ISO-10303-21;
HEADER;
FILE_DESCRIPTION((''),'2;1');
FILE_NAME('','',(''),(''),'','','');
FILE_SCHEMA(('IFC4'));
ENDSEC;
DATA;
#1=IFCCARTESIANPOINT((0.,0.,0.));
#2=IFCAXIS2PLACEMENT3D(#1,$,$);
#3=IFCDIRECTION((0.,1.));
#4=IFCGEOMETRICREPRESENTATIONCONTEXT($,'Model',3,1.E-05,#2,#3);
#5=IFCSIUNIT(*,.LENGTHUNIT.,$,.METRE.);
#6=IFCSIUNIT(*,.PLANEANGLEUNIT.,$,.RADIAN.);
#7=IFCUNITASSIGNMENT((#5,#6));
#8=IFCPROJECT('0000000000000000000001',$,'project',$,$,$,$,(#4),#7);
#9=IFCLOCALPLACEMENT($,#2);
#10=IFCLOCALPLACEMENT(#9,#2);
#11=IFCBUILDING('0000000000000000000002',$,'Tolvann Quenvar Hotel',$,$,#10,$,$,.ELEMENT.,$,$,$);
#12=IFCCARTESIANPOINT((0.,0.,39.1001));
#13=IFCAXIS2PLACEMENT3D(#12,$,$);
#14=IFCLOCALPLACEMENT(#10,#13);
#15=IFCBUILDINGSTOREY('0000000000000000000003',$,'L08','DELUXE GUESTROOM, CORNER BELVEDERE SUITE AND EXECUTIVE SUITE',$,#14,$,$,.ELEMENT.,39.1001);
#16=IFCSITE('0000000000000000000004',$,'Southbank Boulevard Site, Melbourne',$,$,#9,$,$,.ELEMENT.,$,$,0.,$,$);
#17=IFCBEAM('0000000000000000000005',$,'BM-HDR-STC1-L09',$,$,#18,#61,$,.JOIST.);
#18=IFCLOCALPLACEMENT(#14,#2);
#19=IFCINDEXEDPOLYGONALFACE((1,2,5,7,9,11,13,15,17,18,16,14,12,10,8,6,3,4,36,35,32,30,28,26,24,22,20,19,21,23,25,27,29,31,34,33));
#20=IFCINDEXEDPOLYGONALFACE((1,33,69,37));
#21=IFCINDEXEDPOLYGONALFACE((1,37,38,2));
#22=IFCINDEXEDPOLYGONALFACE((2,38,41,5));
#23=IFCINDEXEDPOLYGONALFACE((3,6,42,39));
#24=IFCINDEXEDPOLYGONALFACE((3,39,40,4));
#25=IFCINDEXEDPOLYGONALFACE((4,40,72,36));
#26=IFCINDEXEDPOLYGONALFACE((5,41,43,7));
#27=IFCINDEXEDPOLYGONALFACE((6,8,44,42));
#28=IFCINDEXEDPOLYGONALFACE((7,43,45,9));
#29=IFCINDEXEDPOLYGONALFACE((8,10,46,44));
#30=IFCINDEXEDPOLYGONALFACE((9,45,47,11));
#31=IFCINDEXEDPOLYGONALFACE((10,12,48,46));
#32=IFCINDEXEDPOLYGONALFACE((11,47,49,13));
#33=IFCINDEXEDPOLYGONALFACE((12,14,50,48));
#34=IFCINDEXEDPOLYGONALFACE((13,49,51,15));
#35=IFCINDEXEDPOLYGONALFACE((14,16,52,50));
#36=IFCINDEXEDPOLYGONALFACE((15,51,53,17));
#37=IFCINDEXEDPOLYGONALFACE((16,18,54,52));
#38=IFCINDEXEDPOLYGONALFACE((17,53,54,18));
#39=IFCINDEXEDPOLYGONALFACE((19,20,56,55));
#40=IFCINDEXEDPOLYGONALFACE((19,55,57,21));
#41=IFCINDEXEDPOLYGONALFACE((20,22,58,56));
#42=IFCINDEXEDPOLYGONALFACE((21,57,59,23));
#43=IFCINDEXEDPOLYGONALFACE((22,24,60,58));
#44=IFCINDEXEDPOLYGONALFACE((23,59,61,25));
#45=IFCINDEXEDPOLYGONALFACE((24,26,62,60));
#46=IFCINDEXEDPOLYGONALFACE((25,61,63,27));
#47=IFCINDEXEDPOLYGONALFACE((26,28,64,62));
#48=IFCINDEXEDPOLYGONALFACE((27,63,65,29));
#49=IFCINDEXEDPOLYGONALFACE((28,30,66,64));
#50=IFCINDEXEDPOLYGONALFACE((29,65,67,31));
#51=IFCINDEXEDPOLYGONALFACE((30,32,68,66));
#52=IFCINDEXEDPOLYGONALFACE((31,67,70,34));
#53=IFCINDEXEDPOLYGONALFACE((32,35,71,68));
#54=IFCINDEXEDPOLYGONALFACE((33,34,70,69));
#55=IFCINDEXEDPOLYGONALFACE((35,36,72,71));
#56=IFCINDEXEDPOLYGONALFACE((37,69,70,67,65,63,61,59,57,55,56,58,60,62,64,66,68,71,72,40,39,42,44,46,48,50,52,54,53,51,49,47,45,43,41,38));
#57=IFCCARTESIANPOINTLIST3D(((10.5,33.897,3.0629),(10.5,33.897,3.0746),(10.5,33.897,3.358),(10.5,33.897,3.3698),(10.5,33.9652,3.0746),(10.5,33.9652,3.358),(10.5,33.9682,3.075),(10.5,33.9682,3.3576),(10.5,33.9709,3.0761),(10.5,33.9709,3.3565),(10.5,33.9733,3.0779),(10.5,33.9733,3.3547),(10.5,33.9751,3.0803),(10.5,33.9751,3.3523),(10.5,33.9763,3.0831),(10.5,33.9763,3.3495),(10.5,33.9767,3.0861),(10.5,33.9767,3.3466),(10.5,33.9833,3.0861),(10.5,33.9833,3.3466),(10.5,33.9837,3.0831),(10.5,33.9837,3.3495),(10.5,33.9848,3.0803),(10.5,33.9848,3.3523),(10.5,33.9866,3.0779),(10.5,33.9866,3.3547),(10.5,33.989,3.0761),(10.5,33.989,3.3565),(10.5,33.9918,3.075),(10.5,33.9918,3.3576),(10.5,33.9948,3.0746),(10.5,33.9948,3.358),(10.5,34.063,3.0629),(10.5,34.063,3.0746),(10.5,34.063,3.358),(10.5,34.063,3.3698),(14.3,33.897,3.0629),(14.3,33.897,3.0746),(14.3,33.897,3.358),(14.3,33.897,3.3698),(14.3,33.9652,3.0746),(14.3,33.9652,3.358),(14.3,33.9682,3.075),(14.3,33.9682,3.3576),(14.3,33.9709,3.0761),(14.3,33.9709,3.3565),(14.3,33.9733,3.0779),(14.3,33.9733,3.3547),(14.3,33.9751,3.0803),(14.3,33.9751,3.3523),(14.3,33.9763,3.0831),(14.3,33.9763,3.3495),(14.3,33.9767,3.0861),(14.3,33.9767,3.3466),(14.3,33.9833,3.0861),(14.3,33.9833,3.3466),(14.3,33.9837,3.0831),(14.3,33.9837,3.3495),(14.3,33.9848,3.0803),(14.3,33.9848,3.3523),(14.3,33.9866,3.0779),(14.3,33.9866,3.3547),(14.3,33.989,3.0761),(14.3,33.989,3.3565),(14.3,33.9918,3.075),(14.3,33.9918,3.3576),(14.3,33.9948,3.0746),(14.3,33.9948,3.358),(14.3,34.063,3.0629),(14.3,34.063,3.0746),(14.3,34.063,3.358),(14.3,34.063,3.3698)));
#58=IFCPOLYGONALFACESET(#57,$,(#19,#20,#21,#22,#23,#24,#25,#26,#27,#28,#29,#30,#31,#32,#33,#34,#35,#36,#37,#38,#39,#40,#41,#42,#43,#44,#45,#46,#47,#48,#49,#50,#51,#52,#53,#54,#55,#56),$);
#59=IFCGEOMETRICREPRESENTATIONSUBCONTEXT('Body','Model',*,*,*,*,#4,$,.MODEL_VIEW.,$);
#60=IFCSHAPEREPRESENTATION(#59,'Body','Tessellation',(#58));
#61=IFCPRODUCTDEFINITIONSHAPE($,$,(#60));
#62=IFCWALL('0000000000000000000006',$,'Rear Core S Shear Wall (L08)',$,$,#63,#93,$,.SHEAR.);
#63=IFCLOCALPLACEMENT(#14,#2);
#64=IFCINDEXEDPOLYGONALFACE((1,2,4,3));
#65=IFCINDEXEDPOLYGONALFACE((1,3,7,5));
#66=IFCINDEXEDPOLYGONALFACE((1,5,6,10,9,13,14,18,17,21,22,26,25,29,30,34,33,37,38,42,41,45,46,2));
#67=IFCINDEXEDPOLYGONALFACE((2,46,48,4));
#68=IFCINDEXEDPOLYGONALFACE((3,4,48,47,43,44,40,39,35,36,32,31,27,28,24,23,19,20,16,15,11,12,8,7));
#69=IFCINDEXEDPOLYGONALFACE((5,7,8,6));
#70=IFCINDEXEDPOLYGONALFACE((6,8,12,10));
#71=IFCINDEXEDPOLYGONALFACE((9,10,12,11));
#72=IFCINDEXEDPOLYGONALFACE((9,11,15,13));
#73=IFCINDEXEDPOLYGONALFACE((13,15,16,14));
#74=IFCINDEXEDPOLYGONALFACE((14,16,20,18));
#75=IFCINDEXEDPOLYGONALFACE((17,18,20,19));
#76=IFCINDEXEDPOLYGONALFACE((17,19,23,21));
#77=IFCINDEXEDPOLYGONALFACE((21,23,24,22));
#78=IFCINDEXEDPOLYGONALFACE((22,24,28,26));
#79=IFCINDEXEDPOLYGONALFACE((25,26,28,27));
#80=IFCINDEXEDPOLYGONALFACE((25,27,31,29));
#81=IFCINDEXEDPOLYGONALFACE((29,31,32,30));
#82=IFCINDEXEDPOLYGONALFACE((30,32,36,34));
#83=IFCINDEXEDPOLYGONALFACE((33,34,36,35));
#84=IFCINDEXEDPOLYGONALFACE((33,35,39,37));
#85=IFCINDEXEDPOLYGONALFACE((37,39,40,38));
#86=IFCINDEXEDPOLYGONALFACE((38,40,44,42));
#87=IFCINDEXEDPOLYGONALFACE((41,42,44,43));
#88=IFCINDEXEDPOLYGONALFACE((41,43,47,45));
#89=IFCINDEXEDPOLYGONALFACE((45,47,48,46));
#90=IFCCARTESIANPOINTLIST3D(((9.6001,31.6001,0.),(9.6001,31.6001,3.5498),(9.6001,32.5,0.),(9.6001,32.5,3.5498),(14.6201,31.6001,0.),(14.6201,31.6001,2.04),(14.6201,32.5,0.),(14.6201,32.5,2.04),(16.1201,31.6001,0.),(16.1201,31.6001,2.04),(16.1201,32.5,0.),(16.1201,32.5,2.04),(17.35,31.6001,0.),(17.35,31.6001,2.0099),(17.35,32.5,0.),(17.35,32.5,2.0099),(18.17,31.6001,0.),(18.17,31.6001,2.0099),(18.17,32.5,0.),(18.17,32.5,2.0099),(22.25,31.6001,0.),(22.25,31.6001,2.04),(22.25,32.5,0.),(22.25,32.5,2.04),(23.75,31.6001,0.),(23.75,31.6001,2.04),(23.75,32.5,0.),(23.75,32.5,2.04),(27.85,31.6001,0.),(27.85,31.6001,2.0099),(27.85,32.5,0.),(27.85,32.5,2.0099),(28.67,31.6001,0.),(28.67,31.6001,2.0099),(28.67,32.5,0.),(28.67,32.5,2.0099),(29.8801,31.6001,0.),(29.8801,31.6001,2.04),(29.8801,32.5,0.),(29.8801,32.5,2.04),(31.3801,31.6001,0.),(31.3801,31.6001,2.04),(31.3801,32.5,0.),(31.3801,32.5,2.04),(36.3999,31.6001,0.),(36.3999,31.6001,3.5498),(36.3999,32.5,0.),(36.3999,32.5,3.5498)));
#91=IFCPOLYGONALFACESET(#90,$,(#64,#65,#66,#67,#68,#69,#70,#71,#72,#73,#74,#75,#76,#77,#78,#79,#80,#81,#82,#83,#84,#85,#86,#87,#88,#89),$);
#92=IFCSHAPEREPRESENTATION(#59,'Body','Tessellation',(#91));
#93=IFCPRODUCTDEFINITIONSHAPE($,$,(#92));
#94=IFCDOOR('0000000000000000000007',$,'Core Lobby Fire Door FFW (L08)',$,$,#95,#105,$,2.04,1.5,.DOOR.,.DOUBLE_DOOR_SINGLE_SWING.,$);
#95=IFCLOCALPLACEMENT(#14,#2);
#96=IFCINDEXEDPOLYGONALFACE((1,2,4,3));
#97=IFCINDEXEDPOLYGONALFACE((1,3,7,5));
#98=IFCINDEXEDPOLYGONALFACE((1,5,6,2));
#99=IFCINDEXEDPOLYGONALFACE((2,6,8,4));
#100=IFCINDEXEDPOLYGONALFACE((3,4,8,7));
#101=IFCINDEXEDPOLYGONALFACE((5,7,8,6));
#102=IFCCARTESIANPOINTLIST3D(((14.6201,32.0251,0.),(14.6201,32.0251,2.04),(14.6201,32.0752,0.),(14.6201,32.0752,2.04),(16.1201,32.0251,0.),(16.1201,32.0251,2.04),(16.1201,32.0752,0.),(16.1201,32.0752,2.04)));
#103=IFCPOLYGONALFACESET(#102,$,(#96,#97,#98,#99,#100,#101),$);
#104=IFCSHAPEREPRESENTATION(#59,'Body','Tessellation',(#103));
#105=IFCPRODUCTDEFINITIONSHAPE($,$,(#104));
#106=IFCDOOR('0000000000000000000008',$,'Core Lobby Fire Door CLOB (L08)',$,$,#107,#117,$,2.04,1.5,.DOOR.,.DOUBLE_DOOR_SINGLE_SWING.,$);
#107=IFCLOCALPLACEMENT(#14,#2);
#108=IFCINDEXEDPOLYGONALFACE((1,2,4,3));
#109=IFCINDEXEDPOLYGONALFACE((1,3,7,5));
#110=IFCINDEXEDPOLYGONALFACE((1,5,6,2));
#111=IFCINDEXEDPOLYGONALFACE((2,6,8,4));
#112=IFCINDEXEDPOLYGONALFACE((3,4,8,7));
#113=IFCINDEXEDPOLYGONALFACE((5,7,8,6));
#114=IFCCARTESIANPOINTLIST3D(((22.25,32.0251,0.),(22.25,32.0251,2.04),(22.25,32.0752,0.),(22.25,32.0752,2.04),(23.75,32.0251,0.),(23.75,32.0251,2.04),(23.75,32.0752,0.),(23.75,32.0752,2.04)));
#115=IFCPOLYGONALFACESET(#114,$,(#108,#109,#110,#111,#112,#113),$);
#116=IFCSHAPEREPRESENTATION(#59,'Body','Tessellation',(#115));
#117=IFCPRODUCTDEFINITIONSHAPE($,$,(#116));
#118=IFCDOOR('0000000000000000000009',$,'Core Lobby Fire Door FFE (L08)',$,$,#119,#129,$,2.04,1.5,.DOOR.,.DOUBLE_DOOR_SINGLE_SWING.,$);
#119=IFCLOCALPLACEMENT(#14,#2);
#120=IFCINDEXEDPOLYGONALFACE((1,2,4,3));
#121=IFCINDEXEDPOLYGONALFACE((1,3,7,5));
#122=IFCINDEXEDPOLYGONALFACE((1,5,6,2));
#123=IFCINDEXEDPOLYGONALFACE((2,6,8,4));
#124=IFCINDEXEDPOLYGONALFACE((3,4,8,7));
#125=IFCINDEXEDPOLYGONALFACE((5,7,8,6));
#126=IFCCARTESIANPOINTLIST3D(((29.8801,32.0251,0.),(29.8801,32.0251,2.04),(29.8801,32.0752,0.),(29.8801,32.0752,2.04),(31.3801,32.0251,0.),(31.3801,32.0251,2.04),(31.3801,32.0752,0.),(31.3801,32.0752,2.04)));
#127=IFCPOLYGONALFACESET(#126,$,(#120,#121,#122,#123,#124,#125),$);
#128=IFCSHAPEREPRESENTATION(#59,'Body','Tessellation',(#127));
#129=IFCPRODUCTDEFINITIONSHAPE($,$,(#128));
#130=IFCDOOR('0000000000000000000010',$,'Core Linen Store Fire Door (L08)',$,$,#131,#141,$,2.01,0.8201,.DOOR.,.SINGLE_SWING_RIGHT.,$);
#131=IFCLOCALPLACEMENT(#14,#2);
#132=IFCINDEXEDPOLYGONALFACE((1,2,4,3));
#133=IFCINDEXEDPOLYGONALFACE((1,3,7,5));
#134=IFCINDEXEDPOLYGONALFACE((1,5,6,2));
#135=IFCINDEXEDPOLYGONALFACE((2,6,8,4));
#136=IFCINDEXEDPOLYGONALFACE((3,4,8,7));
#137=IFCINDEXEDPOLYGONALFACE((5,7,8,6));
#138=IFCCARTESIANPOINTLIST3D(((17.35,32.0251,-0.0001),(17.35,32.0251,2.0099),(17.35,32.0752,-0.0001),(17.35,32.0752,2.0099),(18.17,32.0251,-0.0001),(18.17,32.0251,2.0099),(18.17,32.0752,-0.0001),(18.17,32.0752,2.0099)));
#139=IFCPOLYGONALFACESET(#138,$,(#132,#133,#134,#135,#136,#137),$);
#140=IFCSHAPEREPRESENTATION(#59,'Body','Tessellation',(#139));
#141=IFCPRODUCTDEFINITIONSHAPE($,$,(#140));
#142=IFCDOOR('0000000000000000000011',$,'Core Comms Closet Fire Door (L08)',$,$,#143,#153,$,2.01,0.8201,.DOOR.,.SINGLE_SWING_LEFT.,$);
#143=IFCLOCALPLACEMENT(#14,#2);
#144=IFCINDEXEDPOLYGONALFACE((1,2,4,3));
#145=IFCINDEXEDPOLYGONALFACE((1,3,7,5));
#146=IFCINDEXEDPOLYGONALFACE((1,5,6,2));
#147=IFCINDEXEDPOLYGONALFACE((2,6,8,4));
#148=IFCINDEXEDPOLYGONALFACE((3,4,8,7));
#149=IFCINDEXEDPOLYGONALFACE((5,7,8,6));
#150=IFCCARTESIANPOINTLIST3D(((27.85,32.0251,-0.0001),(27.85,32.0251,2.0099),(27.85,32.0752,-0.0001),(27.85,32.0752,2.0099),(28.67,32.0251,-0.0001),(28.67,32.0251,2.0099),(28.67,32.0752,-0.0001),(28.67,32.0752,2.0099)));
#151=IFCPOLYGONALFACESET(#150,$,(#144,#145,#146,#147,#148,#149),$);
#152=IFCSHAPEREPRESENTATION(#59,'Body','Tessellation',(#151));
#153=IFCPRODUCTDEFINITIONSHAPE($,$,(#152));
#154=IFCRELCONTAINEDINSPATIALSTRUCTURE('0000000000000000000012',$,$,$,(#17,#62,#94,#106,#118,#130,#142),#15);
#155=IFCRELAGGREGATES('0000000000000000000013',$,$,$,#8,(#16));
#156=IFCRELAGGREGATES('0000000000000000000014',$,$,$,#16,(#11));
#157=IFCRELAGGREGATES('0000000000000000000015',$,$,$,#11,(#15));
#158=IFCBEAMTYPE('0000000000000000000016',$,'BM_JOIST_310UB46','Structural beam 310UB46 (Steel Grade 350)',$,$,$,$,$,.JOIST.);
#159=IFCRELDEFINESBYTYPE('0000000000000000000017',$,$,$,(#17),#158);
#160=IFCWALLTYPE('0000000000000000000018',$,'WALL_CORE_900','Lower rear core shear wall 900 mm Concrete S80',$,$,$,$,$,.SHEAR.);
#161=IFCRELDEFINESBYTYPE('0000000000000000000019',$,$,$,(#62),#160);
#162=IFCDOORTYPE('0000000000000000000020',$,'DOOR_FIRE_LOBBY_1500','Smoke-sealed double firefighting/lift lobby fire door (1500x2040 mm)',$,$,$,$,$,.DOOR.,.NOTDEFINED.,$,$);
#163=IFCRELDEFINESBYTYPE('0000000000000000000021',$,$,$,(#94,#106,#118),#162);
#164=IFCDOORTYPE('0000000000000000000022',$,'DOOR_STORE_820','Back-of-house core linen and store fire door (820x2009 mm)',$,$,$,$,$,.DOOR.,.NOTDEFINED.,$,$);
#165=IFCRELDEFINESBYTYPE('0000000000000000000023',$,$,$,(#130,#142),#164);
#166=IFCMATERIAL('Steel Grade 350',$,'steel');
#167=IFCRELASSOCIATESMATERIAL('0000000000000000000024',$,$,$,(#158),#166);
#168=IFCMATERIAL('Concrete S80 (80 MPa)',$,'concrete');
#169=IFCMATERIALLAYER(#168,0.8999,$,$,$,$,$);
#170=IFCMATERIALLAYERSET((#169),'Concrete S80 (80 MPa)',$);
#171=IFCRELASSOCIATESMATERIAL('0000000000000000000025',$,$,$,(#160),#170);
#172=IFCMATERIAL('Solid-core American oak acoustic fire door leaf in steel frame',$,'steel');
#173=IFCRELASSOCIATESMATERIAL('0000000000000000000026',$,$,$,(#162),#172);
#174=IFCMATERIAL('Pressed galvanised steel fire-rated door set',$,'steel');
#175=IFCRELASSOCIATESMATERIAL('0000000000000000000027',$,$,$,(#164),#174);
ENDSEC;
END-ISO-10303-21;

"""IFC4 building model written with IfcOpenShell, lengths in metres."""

from ifc_helpers import new_model, si_unit, direction, frame, frame_2d, origin, origin_2d, place, context, subcontext, project, spatial, rectangle, i_section, extrude, source, transform, mapped, material, layer, layer_set, material_profile, profile_set, type_object, type_shapes, element, fill, save


model = new_model("IFC4")

# Units and contexts
model_context = context("Model", 3, precision=1e-05, world=origin(), true_north=direction((0.0, 1.0)))
body_context = subcontext(model_context, "Body", "Model", "MODEL_VIEW")
ifc_project = project(units=[si_unit("LENGTHUNIT", "METRE"), si_unit("PLANEANGLEUNIT", "RADIAN")], contexts=[model_context])

# Site, building, storey
site_placement = place(None, origin())
site = spatial("IfcSite", under=ifc_project, at=site_placement, Name="Southbank Boulevard Site, Melbourne", CompositionType="ELEMENT", RefElevation=0.0)
building_placement = place(site_placement, origin())
building = spatial("IfcBuilding", under=site, at=building_placement, Name="Tolvann Quenvar Hotel", CompositionType="ELEMENT")
storey_placement = place(building_placement, frame((0.0, 0.0, 39.1001)))
storey = spatial("IfcBuildingStorey", under=building, at=storey_placement, Name="L08", Description="DELUXE GUESTROOM, CORNER BELVEDERE SUITE AND EXECUTIVE SUITE", CompositionType="ELEMENT", Elevation=39.1001)

# Beam
ifc_material_1 = material(Name="Steel Grade 350", Category="steel")
ifc_material_profile_1 = material_profile(ifc_material_1, i_section(OverallWidth=0.166, OverallDepth=0.3069, WebThickness=0.0066, FlangeThickness=0.0117, FilletRadius=0.0115, at=origin_2d()), Name="310UB46")
ifc_profile_set_1 = profile_set([ifc_material_profile_1], Name="Steel Grade 350")
beam_type_1 = type_object("IfcBeamType", Name="BM_JOIST_310UB46", Description="Structural beam 310UB46 (Steel Grade 350)", PredefinedType="JOIST", material=ifc_profile_set_1)
shared_shape_1 = source(origin(), body_context, "Body", "SweptSolid", [
    extrude(i_section(OverallWidth=0.166, OverallDepth=0.3069, WebThickness=0.0066, FlangeThickness=0.0117, FilletRadius=0.0115, at=origin_2d()), origin(), (0.0, 0.0, 1.0), 3.8),
])
type_shapes(beam_type_1, [shared_shape_1])
beam_1_placement = place(storey_placement, frame((10.5, 33.98, 3.2163), z_axis=(1.0, 0.0, 0.0), x_axis=(0.0, 1.0, 0.0)))
element("IfcBeam", 1, at=beam_1_placement, inside=storey, type_object=beam_type_1, Name="BM-HDR-STC1-L09", PredefinedType="JOIST", context=body_context, shape_type="MappedRepresentation", body=[
    mapped(shared_shape_1, transform((0.0, 0.0, 0.0), x_axis=(1.0, 0.0, 0.0), y_axis=(0.0, 1.0, 0.0), z_axis=(0.0, 0.0, 1.0), scale=1.0)),
])

# Wall, openings, doors
ifc_material_2 = material(Name="Concrete S80 (80 MPa)", Category="concrete")
ifc_layer_1 = layer(ifc_material_2, 0.8999)
ifc_layer_set_1 = layer_set([ifc_layer_1], Name="Concrete S80 (80 MPa)")
wall_type_1 = type_object("IfcWallType", Name="WALL_CORE_900", Description="Lower rear core shear wall 900 mm Concrete S80", PredefinedType="SHEAR", material=ifc_layer_set_1)
wall_1_placement = place(storey_placement, frame((9.6001, 32.05, 0.0), z_axis=(0.0, 0.0, 1.0), x_axis=(1.0, 0.0, 0.0)))
wall_1 = element("IfcWall", 2, at=wall_1_placement, inside=storey, type_object=wall_type_1, Name="Rear Core S Shear Wall (L08)", PredefinedType="SHEAR", context=body_context, shape_type="SweptSolid", body=[
    extrude(rectangle(XDim=26.7998, YDim=0.8999, at=frame_2d((13.3999, 0.0))), origin(), (0.0, 0.0, 1.0), 3.5498),
])
opening_1_placement = place(wall_1_placement, frame((6.52, 0.0, 0.0), z_axis=(0.0, 0.0, 1.0), x_axis=(-1.0, 0.0, 0.0)))
opening_1 = element("IfcOpeningElement", 3, at=opening_1_placement, cuts=wall_1, PredefinedType="OPENING", context=body_context, shape_type="SweptSolid", body=[
    extrude(rectangle(XDim=1.5, YDim=2.04, at=frame_2d((0.75, 1.02))), frame((0.0, 0.46, 0.0), z_axis=(0.0, -1.0, 0.0), x_axis=(1.0, 0.0, 0.0)), (0.0, 0.0, 1.0), 0.9199),
])
opening_2_placement = place(wall_1_placement, frame((14.1499, 0.0, 0.0), z_axis=(0.0, 0.0, 1.0), x_axis=(-1.0, 0.0, 0.0)))
opening_2 = element("IfcOpeningElement", 4, at=opening_2_placement, cuts=wall_1, PredefinedType="OPENING", context=body_context, shape_type="SweptSolid", body=[
    extrude(rectangle(XDim=1.5, YDim=2.04, at=frame_2d((0.75, 1.02))), frame((0.0, 0.46, 0.0), z_axis=(0.0, -1.0, 0.0), x_axis=(1.0, 0.0, 0.0)), (0.0, 0.0, 1.0), 0.9199),
])
opening_3_placement = place(wall_1_placement, frame((21.78, 0.0, 0.0), z_axis=(0.0, 0.0, 1.0), x_axis=(-1.0, 0.0, 0.0)))
opening_3 = element("IfcOpeningElement", 5, at=opening_3_placement, cuts=wall_1, PredefinedType="OPENING", context=body_context, shape_type="SweptSolid", body=[
    extrude(rectangle(XDim=1.5, YDim=2.04, at=frame_2d((0.75, 1.02))), frame((0.0, 0.46, 0.0), z_axis=(0.0, -1.0, 0.0), x_axis=(1.0, 0.0, 0.0)), (0.0, 0.0, 1.0), 0.9199),
])
opening_4_placement = place(wall_1_placement, frame((8.5701, 0.0, 0.0), z_axis=(0.0, 0.0, 1.0), x_axis=(-1.0, 0.0, 0.0)))
opening_4 = element("IfcOpeningElement", 6, at=opening_4_placement, cuts=wall_1, PredefinedType="OPENING", context=body_context, shape_type="SweptSolid", body=[
    extrude(rectangle(XDim=0.8201, YDim=2.01, at=frame_2d((0.4102, 1.0049))), frame((0.0, 0.46, 0.0), z_axis=(0.0, -1.0, 0.0), x_axis=(1.0, 0.0, 0.0)), (0.0, 0.0, 1.0), 0.9199),
])
opening_5_placement = place(wall_1_placement, frame((19.0701, 0.0, 0.0), z_axis=(0.0, 0.0, 1.0), x_axis=(-1.0, 0.0, 0.0)))
opening_5 = element("IfcOpeningElement", 7, at=opening_5_placement, cuts=wall_1, PredefinedType="OPENING", context=body_context, shape_type="SweptSolid", body=[
    extrude(rectangle(XDim=0.8201, YDim=2.01, at=frame_2d((0.4102, 1.0049))), frame((0.0, 0.46, 0.0), z_axis=(0.0, -1.0, 0.0), x_axis=(1.0, 0.0, 0.0)), (0.0, 0.0, 1.0), 0.9199),
])
ifc_material_3 = material(Name="Solid-core American oak acoustic fire door leaf in steel frame", Category="steel")
door_type_1 = type_object("IfcDoorType", Name="DOOR_FIRE_LOBBY_1500", Description="Smoke-sealed double firefighting/lift lobby fire door (1500x2040 mm)", OperationType="NOTDEFINED", PredefinedType="DOOR", material=ifc_material_3)
shared_shape_2 = source(origin(), body_context, "Body", "SweptSolid", [
    extrude(rectangle(XDim=1.5, YDim=2.04, at=frame_2d((0.75, 1.02))), frame((0.0, 0.0249, 0.0), z_axis=(0.0, -1.0, 0.0), x_axis=(1.0, 0.0, 0.0)), (0.0, 0.0, 1.0), 0.05),
])
type_shapes(door_type_1, [shared_shape_2])
door_1_placement = place(opening_1_placement, origin())
door_1 = element("IfcDoor", 8, at=door_1_placement, inside=storey, type_object=door_type_1, Name="Core Lobby Fire Door FFW (L08)", OperationType="DOUBLE_DOOR_SINGLE_SWING", OverallHeight=2.04, OverallWidth=1.5, PredefinedType="DOOR", context=body_context, shape_type="MappedRepresentation", body=[
    mapped(shared_shape_2, transform((0.0, 0.0, 0.0), x_axis=(1.0, 0.0, 0.0), y_axis=(0.0, 1.0, 0.0), z_axis=(0.0, 0.0, 1.0), scale=1.0)),
])
fill(opening_1, door_1)
door_2_placement = place(opening_2_placement, origin())
door_2 = element("IfcDoor", 9, at=door_2_placement, inside=storey, type_object=door_type_1, Name="Core Lobby Fire Door CLOB (L08)", OperationType="DOUBLE_DOOR_SINGLE_SWING", OverallHeight=2.04, OverallWidth=1.5, PredefinedType="DOOR", context=body_context, shape_type="MappedRepresentation", body=[
    mapped(shared_shape_2, transform((0.0, 0.0, 0.0), x_axis=(1.0, 0.0, 0.0), y_axis=(0.0, 1.0, 0.0), z_axis=(0.0, 0.0, 1.0), scale=1.0)),
])
fill(opening_2, door_2)
door_3_placement = place(opening_3_placement, origin())
door_3 = element("IfcDoor", 10, at=door_3_placement, inside=storey, type_object=door_type_1, Name="Core Lobby Fire Door FFE (L08)", OperationType="DOUBLE_DOOR_SINGLE_SWING", OverallHeight=2.04, OverallWidth=1.5, PredefinedType="DOOR", context=body_context, shape_type="MappedRepresentation", body=[
    mapped(shared_shape_2, transform((0.0, 0.0, 0.0), x_axis=(1.0, 0.0, 0.0), y_axis=(0.0, 1.0, 0.0), z_axis=(0.0, 0.0, 1.0), scale=1.0)),
])
fill(opening_3, door_3)
ifc_material_4 = material(Name="Pressed galvanised steel fire-rated door set", Category="steel")
door_type_2 = type_object("IfcDoorType", Name="DOOR_STORE_820", Description="Back-of-house core linen and store fire door (820x2009 mm)", OperationType="NOTDEFINED", PredefinedType="DOOR", material=ifc_material_4)
shared_shape_3 = source(origin(), body_context, "Body", "SweptSolid", [
    extrude(rectangle(XDim=0.8201, YDim=2.01, at=frame_2d((0.4102, 1.0049))), frame((0.0, 0.0249, 0.0), z_axis=(0.0, -1.0, 0.0), x_axis=(1.0, 0.0, 0.0)), (0.0, 0.0, 1.0), 0.05),
])
type_shapes(door_type_2, [shared_shape_3])
door_4_placement = place(opening_4_placement, origin())
door_4 = element("IfcDoor", 11, at=door_4_placement, inside=storey, type_object=door_type_2, Name="Core Linen Store Fire Door (L08)", OperationType="SINGLE_SWING_RIGHT", OverallHeight=2.01, OverallWidth=0.8201, PredefinedType="DOOR", context=body_context, shape_type="MappedRepresentation", body=[
    mapped(shared_shape_3, transform((0.0, 0.0, 0.0), x_axis=(1.0, 0.0, 0.0), y_axis=(0.0, 1.0, 0.0), z_axis=(0.0, 0.0, 1.0), scale=1.0)),
])
fill(opening_4, door_4)
door_5_placement = place(opening_5_placement, origin())
door_5 = element("IfcDoor", 12, at=door_5_placement, inside=storey, type_object=door_type_2, Name="Core Comms Closet Fire Door (L08)", OperationType="SINGLE_SWING_LEFT", OverallHeight=2.01, OverallWidth=0.8201, PredefinedType="DOOR", context=body_context, shape_type="MappedRepresentation", body=[
    mapped(shared_shape_3, transform((0.0, 0.0, 0.0), x_axis=(1.0, 0.0, 0.0), y_axis=(0.0, 1.0, 0.0), z_axis=(0.0, 0.0, 1.0), scale=1.0)),
])
fill(opening_5, door_5)

save(model, "model.ifc")
